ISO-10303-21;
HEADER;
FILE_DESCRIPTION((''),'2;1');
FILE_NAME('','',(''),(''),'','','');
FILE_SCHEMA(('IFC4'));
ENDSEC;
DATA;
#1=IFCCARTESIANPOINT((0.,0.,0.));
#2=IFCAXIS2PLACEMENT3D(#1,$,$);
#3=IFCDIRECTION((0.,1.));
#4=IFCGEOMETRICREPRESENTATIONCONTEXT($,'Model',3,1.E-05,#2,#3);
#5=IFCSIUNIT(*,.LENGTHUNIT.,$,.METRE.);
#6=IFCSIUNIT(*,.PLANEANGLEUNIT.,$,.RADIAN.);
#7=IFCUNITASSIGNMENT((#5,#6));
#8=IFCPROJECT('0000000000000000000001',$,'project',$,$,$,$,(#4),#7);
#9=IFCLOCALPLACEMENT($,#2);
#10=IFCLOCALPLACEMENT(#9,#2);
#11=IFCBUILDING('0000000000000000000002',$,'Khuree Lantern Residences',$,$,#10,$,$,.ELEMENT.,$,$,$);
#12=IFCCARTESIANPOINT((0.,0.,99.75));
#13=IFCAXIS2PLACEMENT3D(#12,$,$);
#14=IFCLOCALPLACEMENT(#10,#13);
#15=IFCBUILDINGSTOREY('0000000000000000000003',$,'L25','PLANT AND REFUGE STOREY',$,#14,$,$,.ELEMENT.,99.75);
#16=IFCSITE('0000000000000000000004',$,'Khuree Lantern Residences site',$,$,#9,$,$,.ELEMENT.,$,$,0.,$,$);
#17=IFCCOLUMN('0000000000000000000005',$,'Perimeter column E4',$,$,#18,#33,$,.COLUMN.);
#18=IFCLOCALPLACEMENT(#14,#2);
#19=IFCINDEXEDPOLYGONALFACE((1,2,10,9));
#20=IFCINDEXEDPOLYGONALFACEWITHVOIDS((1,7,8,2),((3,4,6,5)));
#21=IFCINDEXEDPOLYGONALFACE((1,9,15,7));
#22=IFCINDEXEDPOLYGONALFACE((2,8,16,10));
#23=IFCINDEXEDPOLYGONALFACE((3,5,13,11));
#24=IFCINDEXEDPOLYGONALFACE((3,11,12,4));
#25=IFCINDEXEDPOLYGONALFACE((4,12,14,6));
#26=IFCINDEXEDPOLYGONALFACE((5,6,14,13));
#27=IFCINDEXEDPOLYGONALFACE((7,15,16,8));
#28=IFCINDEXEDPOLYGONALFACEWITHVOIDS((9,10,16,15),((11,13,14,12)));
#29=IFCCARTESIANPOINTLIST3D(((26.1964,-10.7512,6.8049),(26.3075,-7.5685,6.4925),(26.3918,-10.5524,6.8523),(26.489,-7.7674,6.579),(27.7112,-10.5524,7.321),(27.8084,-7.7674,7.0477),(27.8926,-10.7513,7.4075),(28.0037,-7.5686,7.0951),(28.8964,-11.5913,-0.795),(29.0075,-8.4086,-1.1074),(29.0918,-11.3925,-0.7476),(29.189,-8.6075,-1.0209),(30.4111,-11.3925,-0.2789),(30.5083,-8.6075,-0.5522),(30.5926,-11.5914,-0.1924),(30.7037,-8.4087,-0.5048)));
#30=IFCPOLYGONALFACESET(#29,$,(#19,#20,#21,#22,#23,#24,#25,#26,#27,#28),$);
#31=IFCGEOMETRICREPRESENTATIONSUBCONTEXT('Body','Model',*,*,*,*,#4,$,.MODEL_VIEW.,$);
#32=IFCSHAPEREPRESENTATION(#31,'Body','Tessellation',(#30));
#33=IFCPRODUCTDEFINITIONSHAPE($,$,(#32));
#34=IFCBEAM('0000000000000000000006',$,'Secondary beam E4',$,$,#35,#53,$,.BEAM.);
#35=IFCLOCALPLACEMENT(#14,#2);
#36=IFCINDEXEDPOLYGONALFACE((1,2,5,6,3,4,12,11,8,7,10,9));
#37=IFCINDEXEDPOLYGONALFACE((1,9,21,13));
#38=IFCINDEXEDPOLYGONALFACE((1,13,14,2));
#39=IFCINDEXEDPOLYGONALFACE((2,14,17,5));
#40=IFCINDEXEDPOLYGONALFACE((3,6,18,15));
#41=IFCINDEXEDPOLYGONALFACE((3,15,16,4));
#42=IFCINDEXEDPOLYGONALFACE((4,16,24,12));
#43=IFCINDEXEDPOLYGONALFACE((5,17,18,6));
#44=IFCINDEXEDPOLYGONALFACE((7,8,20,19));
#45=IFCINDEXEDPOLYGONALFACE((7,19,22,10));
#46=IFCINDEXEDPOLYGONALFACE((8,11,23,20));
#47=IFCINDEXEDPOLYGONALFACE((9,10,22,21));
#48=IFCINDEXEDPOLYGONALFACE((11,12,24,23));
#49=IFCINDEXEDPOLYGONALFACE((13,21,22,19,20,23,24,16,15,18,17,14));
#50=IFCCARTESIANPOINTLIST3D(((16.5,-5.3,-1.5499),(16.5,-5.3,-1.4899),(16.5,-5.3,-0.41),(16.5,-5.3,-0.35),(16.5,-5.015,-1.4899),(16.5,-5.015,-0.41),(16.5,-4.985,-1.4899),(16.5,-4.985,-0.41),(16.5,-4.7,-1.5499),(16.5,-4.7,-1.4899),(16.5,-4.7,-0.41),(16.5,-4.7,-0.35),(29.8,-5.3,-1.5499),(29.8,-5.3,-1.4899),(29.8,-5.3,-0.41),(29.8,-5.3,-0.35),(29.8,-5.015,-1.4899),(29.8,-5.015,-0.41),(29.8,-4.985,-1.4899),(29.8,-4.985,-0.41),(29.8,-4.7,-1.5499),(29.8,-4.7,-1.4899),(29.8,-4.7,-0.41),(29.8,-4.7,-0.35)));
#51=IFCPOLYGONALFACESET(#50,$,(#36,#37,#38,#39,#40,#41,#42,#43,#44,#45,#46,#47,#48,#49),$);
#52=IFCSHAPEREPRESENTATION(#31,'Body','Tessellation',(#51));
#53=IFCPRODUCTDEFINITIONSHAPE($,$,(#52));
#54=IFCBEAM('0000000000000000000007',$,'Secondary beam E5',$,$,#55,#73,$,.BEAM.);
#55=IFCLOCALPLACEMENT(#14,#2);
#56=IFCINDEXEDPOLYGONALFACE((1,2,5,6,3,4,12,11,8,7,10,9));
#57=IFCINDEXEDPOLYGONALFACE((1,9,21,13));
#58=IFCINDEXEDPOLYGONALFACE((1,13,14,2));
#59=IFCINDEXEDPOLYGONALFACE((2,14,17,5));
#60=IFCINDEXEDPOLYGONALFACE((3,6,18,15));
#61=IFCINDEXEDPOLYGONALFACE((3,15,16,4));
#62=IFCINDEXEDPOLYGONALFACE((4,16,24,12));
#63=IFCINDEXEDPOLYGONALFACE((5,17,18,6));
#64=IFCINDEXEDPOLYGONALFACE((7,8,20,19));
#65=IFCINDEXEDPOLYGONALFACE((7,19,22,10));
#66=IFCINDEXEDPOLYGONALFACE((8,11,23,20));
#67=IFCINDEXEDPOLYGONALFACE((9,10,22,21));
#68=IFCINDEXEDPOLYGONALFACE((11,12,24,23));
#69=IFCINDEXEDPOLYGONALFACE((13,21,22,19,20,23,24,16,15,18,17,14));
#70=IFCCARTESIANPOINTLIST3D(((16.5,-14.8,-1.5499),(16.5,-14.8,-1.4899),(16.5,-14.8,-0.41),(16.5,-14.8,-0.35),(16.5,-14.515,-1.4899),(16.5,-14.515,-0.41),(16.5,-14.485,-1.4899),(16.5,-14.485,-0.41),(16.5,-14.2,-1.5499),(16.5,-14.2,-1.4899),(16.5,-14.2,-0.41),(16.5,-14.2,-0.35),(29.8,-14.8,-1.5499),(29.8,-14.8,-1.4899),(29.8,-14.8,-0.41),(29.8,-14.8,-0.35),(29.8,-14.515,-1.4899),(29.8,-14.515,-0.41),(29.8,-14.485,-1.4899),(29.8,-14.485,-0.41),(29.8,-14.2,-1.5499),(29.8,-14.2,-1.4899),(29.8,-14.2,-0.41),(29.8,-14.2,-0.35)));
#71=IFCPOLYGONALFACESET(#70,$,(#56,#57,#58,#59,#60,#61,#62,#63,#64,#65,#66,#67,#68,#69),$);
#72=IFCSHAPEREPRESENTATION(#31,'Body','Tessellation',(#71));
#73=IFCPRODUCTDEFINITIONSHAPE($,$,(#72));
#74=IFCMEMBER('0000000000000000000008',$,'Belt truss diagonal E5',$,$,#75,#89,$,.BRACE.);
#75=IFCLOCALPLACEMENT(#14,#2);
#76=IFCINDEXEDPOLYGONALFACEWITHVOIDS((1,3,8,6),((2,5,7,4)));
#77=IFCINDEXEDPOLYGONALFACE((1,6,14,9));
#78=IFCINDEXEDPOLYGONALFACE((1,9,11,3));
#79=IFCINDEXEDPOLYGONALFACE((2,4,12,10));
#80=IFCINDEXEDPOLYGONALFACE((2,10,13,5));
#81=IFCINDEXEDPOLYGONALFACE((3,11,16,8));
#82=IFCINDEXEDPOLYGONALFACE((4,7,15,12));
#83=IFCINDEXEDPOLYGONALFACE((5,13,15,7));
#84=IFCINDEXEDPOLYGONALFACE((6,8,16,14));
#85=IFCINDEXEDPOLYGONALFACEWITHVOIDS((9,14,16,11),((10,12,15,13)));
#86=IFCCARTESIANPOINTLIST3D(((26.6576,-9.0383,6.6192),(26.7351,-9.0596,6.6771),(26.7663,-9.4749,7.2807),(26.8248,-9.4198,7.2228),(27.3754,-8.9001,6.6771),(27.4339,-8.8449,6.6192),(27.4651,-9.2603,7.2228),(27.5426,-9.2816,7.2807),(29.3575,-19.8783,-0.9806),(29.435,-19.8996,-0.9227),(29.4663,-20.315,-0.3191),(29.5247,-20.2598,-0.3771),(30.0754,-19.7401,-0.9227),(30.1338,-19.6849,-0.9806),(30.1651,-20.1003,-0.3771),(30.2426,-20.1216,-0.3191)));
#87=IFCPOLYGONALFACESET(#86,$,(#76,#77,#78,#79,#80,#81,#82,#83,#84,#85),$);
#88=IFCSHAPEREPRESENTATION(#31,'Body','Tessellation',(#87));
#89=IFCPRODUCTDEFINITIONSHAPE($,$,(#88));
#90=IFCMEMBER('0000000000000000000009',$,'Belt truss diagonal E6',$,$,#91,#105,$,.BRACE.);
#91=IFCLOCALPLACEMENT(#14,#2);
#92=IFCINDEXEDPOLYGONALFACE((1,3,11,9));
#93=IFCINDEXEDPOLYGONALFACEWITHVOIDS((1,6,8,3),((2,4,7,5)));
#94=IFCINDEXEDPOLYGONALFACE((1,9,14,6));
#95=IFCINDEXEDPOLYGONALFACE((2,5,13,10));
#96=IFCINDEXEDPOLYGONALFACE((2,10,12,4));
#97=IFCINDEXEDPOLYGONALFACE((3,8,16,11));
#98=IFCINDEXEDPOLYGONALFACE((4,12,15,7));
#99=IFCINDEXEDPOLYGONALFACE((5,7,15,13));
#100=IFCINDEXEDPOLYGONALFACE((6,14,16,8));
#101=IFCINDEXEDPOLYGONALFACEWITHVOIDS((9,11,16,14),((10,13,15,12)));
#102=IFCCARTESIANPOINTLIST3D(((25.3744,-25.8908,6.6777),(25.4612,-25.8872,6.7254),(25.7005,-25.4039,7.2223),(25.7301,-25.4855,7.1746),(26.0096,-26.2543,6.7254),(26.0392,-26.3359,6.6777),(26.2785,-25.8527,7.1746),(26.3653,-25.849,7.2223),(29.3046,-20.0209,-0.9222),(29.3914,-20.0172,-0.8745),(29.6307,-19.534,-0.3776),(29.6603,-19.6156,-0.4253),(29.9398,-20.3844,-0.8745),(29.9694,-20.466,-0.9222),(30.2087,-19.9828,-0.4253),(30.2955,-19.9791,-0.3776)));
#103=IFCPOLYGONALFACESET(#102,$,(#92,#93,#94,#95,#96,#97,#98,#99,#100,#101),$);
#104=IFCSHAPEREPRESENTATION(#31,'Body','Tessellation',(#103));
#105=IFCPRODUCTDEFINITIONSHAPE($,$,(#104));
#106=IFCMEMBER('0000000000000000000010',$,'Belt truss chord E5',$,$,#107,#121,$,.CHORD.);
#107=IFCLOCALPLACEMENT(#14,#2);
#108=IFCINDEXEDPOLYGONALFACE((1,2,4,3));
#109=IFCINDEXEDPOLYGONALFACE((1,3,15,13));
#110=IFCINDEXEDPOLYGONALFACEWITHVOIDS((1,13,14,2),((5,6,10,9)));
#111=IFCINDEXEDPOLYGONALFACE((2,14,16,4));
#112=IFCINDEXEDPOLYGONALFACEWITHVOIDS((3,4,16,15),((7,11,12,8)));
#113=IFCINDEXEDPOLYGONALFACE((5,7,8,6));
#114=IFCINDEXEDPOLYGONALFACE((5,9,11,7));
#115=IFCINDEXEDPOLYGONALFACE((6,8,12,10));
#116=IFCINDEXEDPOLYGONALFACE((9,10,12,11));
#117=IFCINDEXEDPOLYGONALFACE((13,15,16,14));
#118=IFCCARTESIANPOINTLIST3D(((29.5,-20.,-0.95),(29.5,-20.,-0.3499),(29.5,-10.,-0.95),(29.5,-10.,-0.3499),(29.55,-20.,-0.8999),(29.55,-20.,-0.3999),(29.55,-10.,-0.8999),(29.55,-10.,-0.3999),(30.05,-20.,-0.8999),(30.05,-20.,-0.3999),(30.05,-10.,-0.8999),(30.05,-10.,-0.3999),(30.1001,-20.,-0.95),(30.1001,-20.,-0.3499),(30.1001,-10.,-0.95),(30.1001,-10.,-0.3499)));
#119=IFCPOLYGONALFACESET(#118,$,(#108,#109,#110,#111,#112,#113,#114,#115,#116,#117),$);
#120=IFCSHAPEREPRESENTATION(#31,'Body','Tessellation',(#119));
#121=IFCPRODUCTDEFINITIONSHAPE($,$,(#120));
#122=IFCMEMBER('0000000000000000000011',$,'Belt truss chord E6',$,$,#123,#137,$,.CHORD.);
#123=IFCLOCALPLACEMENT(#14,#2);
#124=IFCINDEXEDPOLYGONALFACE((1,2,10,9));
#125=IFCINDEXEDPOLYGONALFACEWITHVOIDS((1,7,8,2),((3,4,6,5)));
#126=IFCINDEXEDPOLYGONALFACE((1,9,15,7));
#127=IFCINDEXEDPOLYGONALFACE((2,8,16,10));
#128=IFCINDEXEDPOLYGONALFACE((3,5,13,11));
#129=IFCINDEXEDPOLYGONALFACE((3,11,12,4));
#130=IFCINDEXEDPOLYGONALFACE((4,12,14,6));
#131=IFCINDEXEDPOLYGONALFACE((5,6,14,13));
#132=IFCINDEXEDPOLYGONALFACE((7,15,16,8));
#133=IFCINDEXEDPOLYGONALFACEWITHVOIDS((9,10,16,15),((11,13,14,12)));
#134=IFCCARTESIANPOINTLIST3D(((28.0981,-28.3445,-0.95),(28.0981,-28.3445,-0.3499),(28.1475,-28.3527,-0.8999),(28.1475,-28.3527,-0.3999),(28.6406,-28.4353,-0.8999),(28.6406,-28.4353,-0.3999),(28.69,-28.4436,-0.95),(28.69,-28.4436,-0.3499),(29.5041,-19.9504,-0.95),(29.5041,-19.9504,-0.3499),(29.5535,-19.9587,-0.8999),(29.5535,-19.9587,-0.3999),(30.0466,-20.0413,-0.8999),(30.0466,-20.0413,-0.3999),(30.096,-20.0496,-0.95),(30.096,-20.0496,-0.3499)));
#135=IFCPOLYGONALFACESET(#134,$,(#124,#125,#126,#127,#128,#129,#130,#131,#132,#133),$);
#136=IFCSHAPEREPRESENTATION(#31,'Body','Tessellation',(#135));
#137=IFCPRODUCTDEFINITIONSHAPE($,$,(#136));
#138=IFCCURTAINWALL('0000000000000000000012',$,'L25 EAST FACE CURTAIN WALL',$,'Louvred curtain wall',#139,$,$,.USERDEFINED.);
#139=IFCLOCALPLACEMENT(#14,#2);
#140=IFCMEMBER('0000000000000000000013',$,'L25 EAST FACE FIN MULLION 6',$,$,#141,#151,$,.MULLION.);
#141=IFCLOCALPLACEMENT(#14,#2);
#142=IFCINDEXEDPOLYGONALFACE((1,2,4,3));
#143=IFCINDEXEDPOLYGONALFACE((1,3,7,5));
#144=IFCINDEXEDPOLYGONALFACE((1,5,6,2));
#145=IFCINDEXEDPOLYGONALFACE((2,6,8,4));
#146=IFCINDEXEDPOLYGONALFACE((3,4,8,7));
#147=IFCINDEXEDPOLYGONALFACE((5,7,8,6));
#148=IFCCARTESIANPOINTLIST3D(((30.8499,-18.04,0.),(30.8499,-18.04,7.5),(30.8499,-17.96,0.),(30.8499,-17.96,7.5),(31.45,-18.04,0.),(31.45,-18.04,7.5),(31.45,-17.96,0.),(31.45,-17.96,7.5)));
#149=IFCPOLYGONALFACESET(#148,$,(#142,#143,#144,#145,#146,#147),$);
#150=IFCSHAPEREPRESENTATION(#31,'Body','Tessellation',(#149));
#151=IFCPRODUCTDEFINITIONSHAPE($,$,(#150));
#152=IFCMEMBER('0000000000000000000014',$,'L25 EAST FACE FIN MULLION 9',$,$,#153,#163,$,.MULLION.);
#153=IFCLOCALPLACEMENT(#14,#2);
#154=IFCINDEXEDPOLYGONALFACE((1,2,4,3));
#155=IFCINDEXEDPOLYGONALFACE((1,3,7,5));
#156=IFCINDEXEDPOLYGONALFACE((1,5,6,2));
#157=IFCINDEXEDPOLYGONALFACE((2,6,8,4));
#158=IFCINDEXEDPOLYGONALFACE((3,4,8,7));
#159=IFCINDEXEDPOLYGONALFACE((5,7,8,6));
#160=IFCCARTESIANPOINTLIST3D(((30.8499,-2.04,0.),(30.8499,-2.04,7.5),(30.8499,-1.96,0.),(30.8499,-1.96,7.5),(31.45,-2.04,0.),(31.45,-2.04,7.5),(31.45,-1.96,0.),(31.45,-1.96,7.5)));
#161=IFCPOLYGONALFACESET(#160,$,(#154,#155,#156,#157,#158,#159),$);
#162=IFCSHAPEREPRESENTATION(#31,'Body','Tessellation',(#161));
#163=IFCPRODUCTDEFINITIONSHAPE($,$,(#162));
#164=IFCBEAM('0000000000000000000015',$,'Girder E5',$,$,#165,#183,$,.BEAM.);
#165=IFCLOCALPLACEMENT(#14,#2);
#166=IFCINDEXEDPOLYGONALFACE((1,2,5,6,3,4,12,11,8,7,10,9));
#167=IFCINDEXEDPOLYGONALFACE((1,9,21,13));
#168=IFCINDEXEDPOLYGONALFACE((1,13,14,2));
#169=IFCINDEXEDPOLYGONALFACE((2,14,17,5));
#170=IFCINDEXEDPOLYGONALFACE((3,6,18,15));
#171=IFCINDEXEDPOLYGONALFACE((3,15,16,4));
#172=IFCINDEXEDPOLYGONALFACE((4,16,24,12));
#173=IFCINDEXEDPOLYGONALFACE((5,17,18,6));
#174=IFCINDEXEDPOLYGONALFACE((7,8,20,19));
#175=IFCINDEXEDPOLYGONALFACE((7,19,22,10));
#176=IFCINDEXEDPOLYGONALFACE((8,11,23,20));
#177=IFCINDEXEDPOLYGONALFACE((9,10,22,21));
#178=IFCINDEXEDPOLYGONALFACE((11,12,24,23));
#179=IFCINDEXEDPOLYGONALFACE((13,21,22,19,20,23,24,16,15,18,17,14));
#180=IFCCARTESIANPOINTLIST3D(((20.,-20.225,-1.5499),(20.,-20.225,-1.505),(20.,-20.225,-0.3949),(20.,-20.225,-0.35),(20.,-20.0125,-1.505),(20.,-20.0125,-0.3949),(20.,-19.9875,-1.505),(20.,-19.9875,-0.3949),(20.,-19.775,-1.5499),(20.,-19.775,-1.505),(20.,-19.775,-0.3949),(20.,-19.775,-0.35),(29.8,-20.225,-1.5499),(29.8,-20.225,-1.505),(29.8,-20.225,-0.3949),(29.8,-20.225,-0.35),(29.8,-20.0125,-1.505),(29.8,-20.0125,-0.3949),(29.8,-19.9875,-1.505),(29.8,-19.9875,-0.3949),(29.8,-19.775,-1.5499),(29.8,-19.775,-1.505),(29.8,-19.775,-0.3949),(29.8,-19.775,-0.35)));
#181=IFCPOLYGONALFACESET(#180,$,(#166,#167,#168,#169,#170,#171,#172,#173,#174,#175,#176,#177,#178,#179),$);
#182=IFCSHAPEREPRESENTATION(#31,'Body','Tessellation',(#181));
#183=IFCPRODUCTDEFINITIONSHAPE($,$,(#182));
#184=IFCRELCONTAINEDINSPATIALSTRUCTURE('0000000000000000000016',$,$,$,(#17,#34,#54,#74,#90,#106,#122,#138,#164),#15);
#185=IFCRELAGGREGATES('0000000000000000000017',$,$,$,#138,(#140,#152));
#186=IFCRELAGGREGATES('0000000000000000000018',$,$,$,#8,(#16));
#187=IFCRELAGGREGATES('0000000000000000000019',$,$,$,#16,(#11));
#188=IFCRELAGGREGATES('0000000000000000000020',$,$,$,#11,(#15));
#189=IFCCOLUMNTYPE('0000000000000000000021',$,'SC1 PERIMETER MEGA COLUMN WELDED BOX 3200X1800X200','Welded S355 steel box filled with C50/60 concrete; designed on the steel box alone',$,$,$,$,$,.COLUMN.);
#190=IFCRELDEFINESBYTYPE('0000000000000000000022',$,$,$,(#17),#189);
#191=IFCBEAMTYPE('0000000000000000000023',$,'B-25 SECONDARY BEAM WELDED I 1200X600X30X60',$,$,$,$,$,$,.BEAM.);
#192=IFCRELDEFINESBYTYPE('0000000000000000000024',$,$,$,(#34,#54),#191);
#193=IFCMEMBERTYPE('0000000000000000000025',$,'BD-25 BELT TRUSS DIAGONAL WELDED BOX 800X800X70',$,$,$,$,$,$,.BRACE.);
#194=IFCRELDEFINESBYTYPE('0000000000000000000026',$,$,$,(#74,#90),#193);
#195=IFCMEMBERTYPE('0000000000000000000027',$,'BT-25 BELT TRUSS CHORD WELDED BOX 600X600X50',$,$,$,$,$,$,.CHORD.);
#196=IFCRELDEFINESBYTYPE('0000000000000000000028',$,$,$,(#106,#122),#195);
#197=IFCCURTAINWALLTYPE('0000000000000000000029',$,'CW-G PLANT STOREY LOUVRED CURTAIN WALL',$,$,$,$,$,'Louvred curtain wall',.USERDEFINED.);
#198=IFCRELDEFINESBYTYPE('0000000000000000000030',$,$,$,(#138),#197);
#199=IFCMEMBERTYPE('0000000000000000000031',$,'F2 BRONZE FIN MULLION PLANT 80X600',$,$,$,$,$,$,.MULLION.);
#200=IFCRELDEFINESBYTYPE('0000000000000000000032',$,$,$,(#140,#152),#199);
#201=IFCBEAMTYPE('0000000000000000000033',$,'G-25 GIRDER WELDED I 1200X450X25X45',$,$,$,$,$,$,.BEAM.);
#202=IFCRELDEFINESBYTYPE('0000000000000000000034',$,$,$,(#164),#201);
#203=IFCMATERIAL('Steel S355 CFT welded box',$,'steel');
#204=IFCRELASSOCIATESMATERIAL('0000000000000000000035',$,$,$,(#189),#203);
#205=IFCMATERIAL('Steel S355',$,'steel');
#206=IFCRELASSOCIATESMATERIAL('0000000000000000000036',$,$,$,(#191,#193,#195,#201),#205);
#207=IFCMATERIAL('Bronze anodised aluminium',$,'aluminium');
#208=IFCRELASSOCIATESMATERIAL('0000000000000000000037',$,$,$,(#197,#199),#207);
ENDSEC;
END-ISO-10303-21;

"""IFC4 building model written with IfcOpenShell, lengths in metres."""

from ifc_helpers import new_model, si_unit, direction, frame, origin, origin_2d, place, context, subcontext, project, spatial, rectangle, hollow_rectangle, i_section, extrude, material, material_profile, profile_set, type_object, element, aggregate, save


model = new_model("IFC4")

# Units and contexts
model_context = context("Model", 3, precision=1e-05, world=origin(), true_north=direction((0.0, 1.0)))
body_context = subcontext(model_context, "Body", "Model", "MODEL_VIEW")
ifc_project = project(units=[si_unit("LENGTHUNIT", "METRE"), si_unit("PLANEANGLEUNIT", "RADIAN")], contexts=[model_context])

# Site, building, storey
site_placement = place(None, origin())
site = spatial("IfcSite", under=ifc_project, at=site_placement, Name="Khuree Lantern Residences site", CompositionType="ELEMENT", RefElevation=0.0)
building_placement = place(site_placement, origin())
building = spatial("IfcBuilding", under=site, at=building_placement, Name="Khuree Lantern Residences", CompositionType="ELEMENT")
storey_placement = place(building_placement, frame((0.0, 0.0, 99.75)))
storey = spatial("IfcBuildingStorey", under=building, at=storey_placement, Name="L25", Description="PLANT AND REFUGE STOREY", CompositionType="ELEMENT", Elevation=99.75)

# Column
ifc_material_1 = material(Name="Steel S355 CFT welded box", Category="steel")
ifc_material_profile_1 = material_profile(ifc_material_1, hollow_rectangle(XDim=3.2, YDim=1.8, WallThickness=0.2, at=origin_2d()), Name="WELDED BOX 3200X1800X200")
ifc_profile_set_1 = profile_set([ifc_material_profile_1], Name="Steel S355 CFT welded box")
column_type = type_object("IfcColumnType", Name="SC1 PERIMETER MEGA COLUMN WELDED BOX 3200X1800X200", Description="Welded S355 steel box filled with C50/60 concrete; designed on the steel box alone", PredefinedType="COLUMN", material=ifc_profile_set_1)
column_placement = place(storey_placement, frame((29.8, -10.0, -0.6499), z_axis=(-0.332964, 0.103602, 0.937231), x_axis=(0.034713, 0.994619, -0.097613)))
element("IfcColumn", 1, at=column_placement, inside=storey, type_object=column_type, Name="Perimeter column E4", PredefinedType="COLUMN", context=body_context, shape_type="SweptSolid", body=[
    extrude(hollow_rectangle(XDim=3.2, YDim=1.8, WallThickness=0.2, at=origin_2d()), origin(), (0.0, 0.0, 1.0), 8.1089),
])

# Beams
ifc_material_2 = material(Name="Steel S355", Category="steel")
ifc_material_profile_2 = material_profile(ifc_material_2, i_section(OverallWidth=0.6001, OverallDepth=1.2, WebThickness=0.03, FlangeThickness=0.0601, at=origin_2d()), Name="WELDED I 1200X600X30X60")
ifc_profile_set_2 = profile_set([ifc_material_profile_2], Name="Steel S355")
beam_type_1 = type_object("IfcBeamType", Name="B-25 SECONDARY BEAM WELDED I 1200X600X30X60", PredefinedType="BEAM", material=ifc_profile_set_2)
for number, where, z_axis, x_axis, name in (
    (2, (29.8, -5.0, -0.95), (-1.0, 0.0, 0.0), (0.0, -1.0, 0.0), "Secondary beam E4"),
    (3, (29.8, -14.5, -0.95), (-1.0, 0.0, 0.0), (0.0, -1.0, 0.0), "Secondary beam E5"),
):
    element("IfcBeam", number, at=place(storey_placement, frame(where, z_axis=z_axis, x_axis=x_axis)), inside=storey, type_object=beam_type_1, Name=name, PredefinedType="BEAM", context=body_context, shape_type="SweptSolid", body=[
        extrude(i_section(OverallWidth=0.6001, OverallDepth=1.2, WebThickness=0.03, FlangeThickness=0.0601, at=origin_2d()), origin(), (0.0, 0.0, 1.0), 13.3),
    ])

# Members
ifc_material_profile_3 = material_profile(ifc_material_2, hollow_rectangle(XDim=0.8, YDim=0.8, WallThickness=0.0701, at=origin_2d()), Name="WELDED BOX 800X800X70")
ifc_profile_set_3 = profile_set([ifc_material_profile_3], Name="Steel S355")
member_type_1 = type_object("IfcMemberType", Name="BD-25 BELT TRUSS DIAGONAL WELDED BOX 800X800X70", PredefinedType="BRACE", material=ifc_profile_set_3)
member_1_placement = place(storey_placement, frame((27.1001, -9.1599, 6.95), z_axis=(0.199829, -0.802298, -0.562482), x_axis=(0.970354, 0.241687, 0.0)))
element("IfcMember", 4, at=member_1_placement, inside=storey, type_object=member_type_1, Name="Belt truss diagonal E5", PredefinedType="BRACE", context=body_context, shape_type="SweptSolid", body=[
    extrude(hollow_rectangle(XDim=0.8, YDim=0.8, WallThickness=0.0701, at=origin_2d()), origin(), (0.0, 0.0, 1.0), 13.5112),
])
member_2_placement = place(storey_placement, frame((29.8, -20.0, -0.6499), z_axis=(-0.378779, -0.565721, 0.732452), x_axis=(0.830943, -0.556358, 0.0)))
element("IfcMember", 5, at=member_2_placement, inside=storey, type_object=member_type_1, Name="Belt truss diagonal E6", PredefinedType="BRACE", context=body_context, shape_type="SweptSolid", body=[
    extrude(hollow_rectangle(XDim=0.8, YDim=0.8, WallThickness=0.0701, at=origin_2d()), origin(), (0.0, 0.0, 1.0), 10.376),
])
ifc_material_profile_4 = material_profile(ifc_material_2, hollow_rectangle(XDim=0.6001, YDim=0.6001, WallThickness=0.05, at=origin_2d()), Name="WELDED BOX 600X600X50")
ifc_profile_set_4 = profile_set([ifc_material_profile_4], Name="Steel S355")
member_type_2 = type_object("IfcMemberType", Name="BT-25 BELT TRUSS CHORD WELDED BOX 600X600X50", PredefinedType="CHORD", material=ifc_profile_set_4)
member_3_placement = place(storey_placement, frame((29.8, -10.0, -0.6499), z_axis=(0.0, -1.0, 0.0), x_axis=(1.0, 0.0, 0.0)))
element("IfcMember", 6, at=member_3_placement, inside=storey, type_object=member_type_2, Name="Belt truss chord E5", PredefinedType="CHORD", context=body_context, shape_type="SweptSolid", body=[
    extrude(hollow_rectangle(XDim=0.6001, YDim=0.6001, WallThickness=0.05, at=origin_2d()), origin(), (0.0, 0.0, 1.0), 10.0),
])
member_4_placement = place(storey_placement, frame((29.8, -20.0, -0.6499), z_axis=(-0.165199, -0.98626, 0.0), x_axis=(0.98626, -0.165199, 0.0)))
element("IfcMember", 7, at=member_4_placement, inside=storey, type_object=member_type_2, Name="Belt truss chord E6", PredefinedType="CHORD", context=body_context, shape_type="SweptSolid", body=[
    extrude(hollow_rectangle(XDim=0.6001, YDim=0.6001, WallThickness=0.05, at=origin_2d()), origin(), (0.0, 0.0, 1.0), 8.511),
])

# Curtain wall, members
ifc_material_3 = material(Name="Bronze anodised aluminium", Category="aluminium")
curtain_wall_type = type_object("IfcCurtainWallType", Name="CW-G PLANT STOREY LOUVRED CURTAIN WALL", ElementType="Louvred curtain wall", PredefinedType="USERDEFINED", material=ifc_material_3)
curtain_wall_placement = place(storey_placement, origin())
curtain_wall = element("IfcCurtainWall", 8, at=curtain_wall_placement, inside=storey, type_object=curtain_wall_type, Name="L25 EAST FACE CURTAIN WALL", ObjectType="Louvred curtain wall", PredefinedType="USERDEFINED")
ifc_material_profile_5 = material_profile(ifc_material_3, rectangle(XDim=0.0801, YDim=0.6001, at=origin_2d()), Name="F2 80X600")
ifc_profile_set_5 = profile_set([ifc_material_profile_5], Name="Bronze anodised aluminium")
member_type_3 = type_object("IfcMemberType", Name="F2 BRONZE FIN MULLION PLANT 80X600", PredefinedType="MULLION", material=ifc_profile_set_5)
member_5_placement = place(storey_placement, frame((31.1499, -18.0, 0.0), z_axis=(0.0, 0.0, 1.0), x_axis=(0.0, 1.0, 0.0)))
member_5 = element("IfcMember", 9, at=member_5_placement, type_object=member_type_3, Name="L25 EAST FACE FIN MULLION 6", PredefinedType="MULLION", context=body_context, shape_type="SweptSolid", body=[
    extrude(rectangle(XDim=0.0801, YDim=0.6001, at=origin_2d()), origin(), (0.0, 0.0, 1.0), 7.5),
])
member_6_placement = place(storey_placement, frame((31.1499, -2.0, 0.0), z_axis=(0.0, 0.0, 1.0), x_axis=(0.0, 1.0, 0.0)))
member_6 = element("IfcMember", 10, at=member_6_placement, type_object=member_type_3, Name="L25 EAST FACE FIN MULLION 9", PredefinedType="MULLION", context=body_context, shape_type="SweptSolid", body=[
    extrude(rectangle(XDim=0.0801, YDim=0.6001, at=origin_2d()), origin(), (0.0, 0.0, 1.0), 7.5),
])

# Beam
ifc_material_profile_6 = material_profile(ifc_material_2, i_section(OverallWidth=0.45, OverallDepth=1.2, WebThickness=0.0249, FlangeThickness=0.0449, at=origin_2d()), Name="WELDED I 1200X450X25X45")
ifc_profile_set_6 = profile_set([ifc_material_profile_6], Name="Steel S355")
beam_type_2 = type_object("IfcBeamType", Name="G-25 GIRDER WELDED I 1200X450X25X45", PredefinedType="BEAM", material=ifc_profile_set_6)
beam_placement = place(storey_placement, frame((29.8, -20.0, -0.95), z_axis=(-1.0, 0.0, 0.0), x_axis=(0.0, -1.0, 0.0)))
element("IfcBeam", 11, at=beam_placement, inside=storey, type_object=beam_type_2, Name="Girder E5", PredefinedType="BEAM", context=body_context, shape_type="SweptSolid", body=[
    extrude(i_section(OverallWidth=0.45, OverallDepth=1.2, WebThickness=0.0249, FlangeThickness=0.0449, at=origin_2d()), origin(), (0.0, 0.0, 1.0), 9.8),
])

aggregate(curtain_wall, [member_5, member_6])

save(model, "model.ifc")
